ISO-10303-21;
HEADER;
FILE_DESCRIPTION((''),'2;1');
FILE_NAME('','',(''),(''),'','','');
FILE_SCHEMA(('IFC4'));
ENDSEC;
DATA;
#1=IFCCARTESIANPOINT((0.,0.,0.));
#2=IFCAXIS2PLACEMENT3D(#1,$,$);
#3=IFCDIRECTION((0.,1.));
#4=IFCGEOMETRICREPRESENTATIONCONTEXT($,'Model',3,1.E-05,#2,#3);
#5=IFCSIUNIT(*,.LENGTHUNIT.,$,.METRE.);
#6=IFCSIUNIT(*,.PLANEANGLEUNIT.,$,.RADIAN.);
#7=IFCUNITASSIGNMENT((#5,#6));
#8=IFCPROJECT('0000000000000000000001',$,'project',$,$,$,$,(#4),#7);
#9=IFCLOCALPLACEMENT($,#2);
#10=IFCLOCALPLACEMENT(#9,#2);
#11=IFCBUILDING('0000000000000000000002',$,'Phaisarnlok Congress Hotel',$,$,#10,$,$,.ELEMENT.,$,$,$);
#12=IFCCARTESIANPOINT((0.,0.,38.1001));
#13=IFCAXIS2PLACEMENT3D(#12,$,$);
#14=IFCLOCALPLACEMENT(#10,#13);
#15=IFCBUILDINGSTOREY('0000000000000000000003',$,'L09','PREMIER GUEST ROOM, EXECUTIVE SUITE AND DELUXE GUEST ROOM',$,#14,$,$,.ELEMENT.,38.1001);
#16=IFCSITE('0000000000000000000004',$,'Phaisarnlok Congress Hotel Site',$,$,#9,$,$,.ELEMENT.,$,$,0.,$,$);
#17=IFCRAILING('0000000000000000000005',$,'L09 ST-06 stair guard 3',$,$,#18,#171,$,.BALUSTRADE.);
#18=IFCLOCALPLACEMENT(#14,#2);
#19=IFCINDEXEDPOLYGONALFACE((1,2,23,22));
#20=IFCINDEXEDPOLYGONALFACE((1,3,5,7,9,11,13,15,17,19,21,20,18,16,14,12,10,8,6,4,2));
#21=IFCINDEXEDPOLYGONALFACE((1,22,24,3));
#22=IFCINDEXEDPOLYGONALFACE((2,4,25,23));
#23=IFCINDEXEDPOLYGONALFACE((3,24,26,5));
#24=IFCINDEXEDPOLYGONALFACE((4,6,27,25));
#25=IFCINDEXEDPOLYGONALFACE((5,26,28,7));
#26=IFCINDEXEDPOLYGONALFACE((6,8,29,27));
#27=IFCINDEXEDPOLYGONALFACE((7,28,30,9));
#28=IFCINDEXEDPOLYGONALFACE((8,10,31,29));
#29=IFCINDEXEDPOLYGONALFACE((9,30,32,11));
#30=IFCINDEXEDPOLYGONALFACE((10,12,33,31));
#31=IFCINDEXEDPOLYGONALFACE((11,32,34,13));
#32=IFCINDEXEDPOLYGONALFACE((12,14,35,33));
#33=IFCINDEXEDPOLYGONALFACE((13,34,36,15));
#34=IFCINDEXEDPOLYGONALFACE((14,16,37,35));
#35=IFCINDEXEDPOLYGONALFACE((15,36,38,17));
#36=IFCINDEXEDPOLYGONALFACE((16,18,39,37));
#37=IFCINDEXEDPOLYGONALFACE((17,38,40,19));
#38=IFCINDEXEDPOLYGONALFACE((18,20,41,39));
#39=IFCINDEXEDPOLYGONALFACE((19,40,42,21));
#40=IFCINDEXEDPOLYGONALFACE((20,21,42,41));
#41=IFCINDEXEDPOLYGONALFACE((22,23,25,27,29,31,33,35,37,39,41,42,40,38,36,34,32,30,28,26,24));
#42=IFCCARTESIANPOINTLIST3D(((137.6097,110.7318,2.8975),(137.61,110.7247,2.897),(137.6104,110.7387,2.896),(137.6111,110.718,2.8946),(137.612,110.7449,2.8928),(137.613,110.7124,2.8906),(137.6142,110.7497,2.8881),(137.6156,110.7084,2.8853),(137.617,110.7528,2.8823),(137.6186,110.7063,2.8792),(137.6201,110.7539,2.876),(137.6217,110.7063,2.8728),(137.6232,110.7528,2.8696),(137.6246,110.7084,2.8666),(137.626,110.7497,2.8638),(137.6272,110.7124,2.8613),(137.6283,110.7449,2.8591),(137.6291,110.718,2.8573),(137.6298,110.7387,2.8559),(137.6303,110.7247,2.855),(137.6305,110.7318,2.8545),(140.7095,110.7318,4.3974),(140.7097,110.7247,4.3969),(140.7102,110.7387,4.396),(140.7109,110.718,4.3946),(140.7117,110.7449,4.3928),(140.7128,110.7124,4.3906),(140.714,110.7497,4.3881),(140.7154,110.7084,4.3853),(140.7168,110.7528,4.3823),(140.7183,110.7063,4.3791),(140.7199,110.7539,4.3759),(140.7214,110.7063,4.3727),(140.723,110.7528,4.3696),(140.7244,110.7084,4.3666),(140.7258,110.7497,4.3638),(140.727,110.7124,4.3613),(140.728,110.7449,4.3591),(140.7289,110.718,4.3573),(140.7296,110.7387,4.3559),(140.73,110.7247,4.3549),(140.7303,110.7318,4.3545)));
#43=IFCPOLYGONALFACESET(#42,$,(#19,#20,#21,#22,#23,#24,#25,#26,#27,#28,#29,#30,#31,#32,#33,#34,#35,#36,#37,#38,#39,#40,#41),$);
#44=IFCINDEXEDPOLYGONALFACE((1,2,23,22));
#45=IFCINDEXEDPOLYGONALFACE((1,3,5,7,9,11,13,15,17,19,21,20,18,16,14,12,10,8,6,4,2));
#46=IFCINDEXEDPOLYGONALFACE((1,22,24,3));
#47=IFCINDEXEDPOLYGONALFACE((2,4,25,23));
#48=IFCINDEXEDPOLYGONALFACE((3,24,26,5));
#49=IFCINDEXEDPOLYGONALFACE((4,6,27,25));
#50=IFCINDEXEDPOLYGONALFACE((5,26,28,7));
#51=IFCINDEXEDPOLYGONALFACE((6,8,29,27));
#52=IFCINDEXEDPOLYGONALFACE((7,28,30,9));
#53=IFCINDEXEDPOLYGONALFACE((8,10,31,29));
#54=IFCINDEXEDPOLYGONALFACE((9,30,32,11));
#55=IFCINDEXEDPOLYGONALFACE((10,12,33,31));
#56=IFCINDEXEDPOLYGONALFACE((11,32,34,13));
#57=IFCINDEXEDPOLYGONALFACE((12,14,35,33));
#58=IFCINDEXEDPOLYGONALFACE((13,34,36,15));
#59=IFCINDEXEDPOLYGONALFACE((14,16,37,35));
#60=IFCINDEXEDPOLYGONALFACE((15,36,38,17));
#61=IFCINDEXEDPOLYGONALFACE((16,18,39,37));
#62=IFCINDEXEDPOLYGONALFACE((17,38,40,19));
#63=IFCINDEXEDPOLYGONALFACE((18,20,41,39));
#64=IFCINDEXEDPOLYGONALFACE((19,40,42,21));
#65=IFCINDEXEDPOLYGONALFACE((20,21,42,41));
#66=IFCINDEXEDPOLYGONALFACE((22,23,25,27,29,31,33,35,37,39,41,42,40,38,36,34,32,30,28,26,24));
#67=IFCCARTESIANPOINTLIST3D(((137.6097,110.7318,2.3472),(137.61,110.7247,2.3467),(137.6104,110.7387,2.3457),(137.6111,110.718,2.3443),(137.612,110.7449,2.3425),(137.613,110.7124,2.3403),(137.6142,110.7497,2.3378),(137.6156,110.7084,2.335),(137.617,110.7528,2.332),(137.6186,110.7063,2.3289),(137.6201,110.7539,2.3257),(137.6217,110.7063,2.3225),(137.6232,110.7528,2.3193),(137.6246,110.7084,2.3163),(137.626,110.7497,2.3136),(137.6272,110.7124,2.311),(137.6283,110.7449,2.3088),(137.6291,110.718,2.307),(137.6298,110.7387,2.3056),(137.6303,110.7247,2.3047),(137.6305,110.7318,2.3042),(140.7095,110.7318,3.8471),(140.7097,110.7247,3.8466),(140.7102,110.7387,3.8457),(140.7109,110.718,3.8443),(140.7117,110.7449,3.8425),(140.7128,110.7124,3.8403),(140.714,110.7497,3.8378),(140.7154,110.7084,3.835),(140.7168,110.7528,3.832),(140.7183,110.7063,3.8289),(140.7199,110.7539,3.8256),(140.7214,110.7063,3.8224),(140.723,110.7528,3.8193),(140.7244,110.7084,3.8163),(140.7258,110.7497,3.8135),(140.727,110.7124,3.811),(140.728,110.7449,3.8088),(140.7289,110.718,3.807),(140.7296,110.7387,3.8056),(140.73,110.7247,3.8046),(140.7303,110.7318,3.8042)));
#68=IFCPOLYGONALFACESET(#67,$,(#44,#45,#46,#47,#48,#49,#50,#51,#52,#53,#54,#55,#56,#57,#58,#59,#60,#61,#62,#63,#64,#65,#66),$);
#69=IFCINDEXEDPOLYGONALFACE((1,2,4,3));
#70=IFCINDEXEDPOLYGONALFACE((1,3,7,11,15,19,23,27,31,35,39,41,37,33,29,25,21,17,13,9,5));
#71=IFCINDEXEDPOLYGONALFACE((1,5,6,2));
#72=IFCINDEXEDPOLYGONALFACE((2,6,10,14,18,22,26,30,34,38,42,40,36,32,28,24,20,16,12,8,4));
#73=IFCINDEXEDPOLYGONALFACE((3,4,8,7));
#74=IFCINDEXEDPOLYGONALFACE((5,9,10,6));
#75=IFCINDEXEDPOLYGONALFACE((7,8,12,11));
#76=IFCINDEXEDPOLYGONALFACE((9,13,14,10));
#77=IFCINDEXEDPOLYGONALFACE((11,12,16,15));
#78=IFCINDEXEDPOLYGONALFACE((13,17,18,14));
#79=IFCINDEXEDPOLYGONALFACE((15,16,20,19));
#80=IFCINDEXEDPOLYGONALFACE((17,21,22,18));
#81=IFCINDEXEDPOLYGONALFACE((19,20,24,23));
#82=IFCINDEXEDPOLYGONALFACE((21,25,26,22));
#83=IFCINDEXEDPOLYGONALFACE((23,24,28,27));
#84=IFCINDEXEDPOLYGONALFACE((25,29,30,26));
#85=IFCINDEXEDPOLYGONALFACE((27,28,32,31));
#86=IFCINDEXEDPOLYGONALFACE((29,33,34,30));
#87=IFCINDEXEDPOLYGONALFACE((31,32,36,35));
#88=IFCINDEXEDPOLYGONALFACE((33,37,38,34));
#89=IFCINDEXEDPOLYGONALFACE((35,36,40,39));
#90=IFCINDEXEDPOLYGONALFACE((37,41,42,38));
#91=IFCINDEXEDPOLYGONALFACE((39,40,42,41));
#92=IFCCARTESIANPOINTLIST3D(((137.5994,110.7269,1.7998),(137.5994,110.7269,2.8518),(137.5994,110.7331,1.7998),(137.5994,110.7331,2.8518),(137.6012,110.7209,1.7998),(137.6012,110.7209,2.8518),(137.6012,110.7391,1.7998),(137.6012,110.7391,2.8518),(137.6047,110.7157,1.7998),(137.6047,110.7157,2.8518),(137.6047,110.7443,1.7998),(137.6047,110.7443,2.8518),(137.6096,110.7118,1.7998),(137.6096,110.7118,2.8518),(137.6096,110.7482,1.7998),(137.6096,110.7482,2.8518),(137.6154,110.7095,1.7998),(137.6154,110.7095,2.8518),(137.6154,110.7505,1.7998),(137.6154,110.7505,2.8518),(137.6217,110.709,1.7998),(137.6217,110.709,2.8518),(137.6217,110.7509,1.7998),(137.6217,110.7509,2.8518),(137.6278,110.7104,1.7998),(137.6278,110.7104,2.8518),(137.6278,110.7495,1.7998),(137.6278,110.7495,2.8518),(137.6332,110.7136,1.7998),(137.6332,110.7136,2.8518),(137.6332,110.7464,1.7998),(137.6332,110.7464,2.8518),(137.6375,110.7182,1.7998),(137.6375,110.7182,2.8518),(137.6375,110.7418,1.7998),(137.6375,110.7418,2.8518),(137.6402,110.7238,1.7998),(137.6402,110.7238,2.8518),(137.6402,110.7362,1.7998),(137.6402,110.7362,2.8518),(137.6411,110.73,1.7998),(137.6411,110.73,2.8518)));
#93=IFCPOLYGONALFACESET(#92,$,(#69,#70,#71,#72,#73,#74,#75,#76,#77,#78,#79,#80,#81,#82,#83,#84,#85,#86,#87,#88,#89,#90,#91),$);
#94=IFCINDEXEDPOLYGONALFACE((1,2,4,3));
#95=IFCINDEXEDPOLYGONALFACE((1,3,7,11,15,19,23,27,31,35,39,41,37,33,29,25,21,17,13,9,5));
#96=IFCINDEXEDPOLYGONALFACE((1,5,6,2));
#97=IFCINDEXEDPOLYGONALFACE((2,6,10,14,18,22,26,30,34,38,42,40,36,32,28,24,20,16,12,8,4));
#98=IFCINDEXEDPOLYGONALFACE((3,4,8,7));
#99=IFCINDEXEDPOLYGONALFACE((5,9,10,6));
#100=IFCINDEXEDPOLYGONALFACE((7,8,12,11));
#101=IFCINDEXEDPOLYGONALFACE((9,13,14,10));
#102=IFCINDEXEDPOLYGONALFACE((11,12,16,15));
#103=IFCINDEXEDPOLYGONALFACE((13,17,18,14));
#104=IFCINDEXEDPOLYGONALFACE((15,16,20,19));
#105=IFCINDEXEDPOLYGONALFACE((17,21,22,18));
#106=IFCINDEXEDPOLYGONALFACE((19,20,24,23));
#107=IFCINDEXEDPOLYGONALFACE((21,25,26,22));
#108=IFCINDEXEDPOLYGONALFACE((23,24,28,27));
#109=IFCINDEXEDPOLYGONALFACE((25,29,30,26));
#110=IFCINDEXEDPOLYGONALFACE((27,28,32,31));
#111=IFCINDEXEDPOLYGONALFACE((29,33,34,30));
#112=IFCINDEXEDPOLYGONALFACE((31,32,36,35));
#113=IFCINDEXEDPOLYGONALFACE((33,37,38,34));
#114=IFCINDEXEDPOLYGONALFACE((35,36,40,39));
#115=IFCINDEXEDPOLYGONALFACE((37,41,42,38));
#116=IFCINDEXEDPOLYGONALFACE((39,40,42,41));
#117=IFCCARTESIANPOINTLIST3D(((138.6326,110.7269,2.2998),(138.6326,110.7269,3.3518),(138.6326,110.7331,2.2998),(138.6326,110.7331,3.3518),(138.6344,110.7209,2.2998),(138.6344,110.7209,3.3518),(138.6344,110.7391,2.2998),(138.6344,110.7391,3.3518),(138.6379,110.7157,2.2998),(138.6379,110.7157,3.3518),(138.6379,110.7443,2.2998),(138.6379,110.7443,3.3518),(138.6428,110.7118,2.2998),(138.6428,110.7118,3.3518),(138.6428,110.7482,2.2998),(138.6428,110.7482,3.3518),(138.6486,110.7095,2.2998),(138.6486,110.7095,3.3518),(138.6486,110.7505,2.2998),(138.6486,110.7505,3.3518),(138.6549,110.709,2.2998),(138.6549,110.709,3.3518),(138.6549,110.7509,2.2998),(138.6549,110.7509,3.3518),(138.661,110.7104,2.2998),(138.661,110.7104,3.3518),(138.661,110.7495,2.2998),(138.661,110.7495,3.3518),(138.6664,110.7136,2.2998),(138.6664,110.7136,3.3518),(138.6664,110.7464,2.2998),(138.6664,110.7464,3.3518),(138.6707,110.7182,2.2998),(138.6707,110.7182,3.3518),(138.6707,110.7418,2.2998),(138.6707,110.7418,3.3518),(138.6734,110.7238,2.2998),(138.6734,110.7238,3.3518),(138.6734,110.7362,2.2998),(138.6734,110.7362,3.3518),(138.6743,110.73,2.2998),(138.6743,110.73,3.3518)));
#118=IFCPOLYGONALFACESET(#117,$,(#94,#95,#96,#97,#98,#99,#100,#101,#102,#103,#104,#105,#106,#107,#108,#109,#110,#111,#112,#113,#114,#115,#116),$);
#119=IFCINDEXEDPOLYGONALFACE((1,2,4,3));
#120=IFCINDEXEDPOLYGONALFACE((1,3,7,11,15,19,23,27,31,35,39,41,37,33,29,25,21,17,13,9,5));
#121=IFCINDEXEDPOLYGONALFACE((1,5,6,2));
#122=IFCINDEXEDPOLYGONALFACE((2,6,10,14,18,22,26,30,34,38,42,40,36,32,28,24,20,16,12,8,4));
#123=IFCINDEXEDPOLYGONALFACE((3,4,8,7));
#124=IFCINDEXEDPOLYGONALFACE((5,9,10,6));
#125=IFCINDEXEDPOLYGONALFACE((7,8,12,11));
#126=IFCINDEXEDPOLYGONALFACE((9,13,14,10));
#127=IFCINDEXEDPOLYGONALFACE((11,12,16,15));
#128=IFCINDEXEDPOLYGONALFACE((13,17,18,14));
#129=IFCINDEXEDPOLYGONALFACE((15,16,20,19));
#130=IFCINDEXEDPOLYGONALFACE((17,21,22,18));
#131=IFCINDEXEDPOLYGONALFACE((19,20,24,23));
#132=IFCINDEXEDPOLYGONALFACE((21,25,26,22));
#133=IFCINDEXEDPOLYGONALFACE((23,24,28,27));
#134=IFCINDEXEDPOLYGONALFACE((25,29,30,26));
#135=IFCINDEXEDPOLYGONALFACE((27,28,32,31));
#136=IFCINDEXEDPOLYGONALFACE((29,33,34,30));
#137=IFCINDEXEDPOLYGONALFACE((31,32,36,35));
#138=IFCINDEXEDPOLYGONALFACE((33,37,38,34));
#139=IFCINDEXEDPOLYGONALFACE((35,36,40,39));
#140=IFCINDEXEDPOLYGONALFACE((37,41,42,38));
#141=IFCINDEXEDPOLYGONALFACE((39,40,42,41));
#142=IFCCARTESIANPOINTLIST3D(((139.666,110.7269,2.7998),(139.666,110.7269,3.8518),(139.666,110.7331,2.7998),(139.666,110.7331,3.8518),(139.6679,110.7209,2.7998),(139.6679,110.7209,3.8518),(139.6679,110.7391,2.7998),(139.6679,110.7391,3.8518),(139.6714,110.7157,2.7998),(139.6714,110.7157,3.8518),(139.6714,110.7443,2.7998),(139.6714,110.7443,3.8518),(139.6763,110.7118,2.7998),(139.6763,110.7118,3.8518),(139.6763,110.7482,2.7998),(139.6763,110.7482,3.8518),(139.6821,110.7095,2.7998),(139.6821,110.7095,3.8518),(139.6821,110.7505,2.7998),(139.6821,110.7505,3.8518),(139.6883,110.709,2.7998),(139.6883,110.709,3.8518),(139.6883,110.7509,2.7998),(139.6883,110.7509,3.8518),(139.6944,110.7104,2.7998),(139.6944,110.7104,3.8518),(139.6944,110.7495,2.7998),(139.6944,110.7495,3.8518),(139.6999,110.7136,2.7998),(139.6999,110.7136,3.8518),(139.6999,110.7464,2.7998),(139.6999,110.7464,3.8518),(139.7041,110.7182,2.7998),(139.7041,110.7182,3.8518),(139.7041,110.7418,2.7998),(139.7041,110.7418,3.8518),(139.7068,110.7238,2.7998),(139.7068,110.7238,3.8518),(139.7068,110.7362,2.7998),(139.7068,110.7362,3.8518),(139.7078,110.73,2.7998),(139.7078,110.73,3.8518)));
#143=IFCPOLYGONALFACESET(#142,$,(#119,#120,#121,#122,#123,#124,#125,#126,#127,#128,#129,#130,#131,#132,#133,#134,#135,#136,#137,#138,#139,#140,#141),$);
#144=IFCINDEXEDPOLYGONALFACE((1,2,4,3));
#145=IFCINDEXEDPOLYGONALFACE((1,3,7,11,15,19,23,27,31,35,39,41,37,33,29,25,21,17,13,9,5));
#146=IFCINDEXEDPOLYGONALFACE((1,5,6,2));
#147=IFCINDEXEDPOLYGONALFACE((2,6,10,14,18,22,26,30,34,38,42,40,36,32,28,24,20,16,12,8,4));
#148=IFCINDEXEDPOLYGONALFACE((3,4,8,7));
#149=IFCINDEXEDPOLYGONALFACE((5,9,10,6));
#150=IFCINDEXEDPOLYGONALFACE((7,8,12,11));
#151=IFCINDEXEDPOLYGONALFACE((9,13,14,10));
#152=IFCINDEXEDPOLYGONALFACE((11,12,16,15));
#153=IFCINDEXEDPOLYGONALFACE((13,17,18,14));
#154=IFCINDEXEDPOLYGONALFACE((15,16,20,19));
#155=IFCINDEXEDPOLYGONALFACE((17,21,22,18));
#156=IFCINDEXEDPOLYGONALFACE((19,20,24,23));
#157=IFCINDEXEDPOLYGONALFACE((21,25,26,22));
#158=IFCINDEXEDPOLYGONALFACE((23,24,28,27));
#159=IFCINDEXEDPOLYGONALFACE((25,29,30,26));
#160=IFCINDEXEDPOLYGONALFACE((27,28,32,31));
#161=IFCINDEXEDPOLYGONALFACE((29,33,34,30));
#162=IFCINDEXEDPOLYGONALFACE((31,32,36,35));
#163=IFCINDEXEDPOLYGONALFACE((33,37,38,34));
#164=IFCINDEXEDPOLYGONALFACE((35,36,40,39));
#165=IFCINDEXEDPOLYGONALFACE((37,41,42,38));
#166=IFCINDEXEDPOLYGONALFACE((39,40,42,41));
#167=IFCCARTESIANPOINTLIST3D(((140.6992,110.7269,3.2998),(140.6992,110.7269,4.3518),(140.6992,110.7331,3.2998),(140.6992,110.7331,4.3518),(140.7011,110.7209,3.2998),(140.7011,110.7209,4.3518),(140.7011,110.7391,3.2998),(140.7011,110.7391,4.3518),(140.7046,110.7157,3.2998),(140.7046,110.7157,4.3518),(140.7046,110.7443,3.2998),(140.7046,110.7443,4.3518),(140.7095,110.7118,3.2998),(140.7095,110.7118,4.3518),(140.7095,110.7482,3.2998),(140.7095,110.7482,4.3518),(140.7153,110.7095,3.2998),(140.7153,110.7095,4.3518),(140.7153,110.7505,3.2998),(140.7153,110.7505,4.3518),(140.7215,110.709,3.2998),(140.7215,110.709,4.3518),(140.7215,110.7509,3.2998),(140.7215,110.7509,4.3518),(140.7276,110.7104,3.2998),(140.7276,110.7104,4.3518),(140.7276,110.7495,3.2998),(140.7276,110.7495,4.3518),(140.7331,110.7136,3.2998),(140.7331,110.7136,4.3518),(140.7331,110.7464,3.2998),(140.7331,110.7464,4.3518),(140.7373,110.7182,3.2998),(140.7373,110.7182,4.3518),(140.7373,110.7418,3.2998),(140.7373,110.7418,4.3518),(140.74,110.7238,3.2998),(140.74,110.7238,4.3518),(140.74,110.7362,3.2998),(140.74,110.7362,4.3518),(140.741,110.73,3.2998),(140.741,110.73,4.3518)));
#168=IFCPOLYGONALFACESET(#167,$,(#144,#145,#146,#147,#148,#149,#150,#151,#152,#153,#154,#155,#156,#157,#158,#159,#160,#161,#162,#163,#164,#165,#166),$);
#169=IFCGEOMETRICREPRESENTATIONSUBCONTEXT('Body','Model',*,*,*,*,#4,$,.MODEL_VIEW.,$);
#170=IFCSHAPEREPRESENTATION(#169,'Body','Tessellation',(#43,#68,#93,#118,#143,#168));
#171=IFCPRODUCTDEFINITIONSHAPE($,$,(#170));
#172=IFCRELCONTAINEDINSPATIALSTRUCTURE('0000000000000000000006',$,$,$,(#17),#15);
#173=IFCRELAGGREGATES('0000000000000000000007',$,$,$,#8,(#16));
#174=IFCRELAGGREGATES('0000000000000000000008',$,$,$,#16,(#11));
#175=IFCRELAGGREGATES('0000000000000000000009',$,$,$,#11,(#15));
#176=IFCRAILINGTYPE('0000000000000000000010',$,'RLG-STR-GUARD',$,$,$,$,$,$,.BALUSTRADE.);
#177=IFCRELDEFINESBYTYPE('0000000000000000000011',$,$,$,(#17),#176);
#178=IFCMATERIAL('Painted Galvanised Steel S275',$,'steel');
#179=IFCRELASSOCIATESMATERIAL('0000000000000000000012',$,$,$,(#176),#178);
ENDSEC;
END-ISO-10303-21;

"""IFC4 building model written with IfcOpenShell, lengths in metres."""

from ifc_helpers import new_model, si_unit, direction, frame, origin, origin_2d, place, context, subcontext, project, spatial, circle, extrude, material, type_object, element, save


model = new_model("IFC4")

# Units and contexts
model_context = context("Model", 3, precision=1e-05, world=origin(), true_north=direction((0.0, 1.0)))
body_context = subcontext(model_context, "Body", "Model", "MODEL_VIEW")
ifc_project = project(units=[si_unit("LENGTHUNIT", "METRE"), si_unit("PLANEANGLEUNIT", "RADIAN")], contexts=[model_context])

# Site, building, storey
site_placement = place(None, origin())
site = spatial("IfcSite", under=ifc_project, at=site_placement, Name="Phaisarnlok Congress Hotel Site", CompositionType="ELEMENT", RefElevation=0.0)
building_placement = place(site_placement, origin())
building = spatial("IfcBuilding", under=site, at=building_placement, Name="Phaisarnlok Congress Hotel", CompositionType="ELEMENT")
storey_placement = place(building_placement, frame((0.0, 0.0, 38.1001)))
storey = spatial("IfcBuildingStorey", under=building, at=storey_placement, Name="L09", Description="PREMIER GUEST ROOM, EXECUTIVE SUITE AND DELUXE GUEST ROOM", CompositionType="ELEMENT", Elevation=38.1001)

# Railing
ifc_material_1 = material(Name="Painted Galvanised Steel S275", Category="steel")
railing_type_1 = type_object("IfcRailingType", Name="RLG-STR-GUARD", PredefinedType="BALUSTRADE", material=ifc_material_1)
railing_1_placement = place(storey_placement, frame((137.6201, 110.73, 1.7998)))
element("IfcRailing", 1, at=railing_1_placement, inside=storey, type_object=railing_type_1, Name="L09 ST-06 stair guard 3", PredefinedType="BALUSTRADE", context=body_context, shape_type="SweptSolid", body=[
    extrude(circle(Radius=0.0239, at=origin_2d()), frame((0.0, 0.0, 1.0762), z_axis=(0.900151, 0.0, 0.435578), x_axis=(0.0, 1.0, 0.0)), (0.0, 0.0, 1.0), 3.4436),
    extrude(circle(Radius=0.0239, at=origin_2d()), frame((0.0, 0.0, 0.5259), z_axis=(0.900151, 0.0, 0.435578), x_axis=(0.0, 1.0, 0.0)), (0.0, 0.0, 1.0), 3.4436),
    extrude(circle(Radius=0.021, at=origin_2d()), origin(), (0.0, 0.0, 1.0), 1.052),
    extrude(circle(Radius=0.021, at=origin_2d()), frame((1.0332, 0.0, 0.5)), (0.0, 0.0, 1.0), 1.052),
    extrude(circle(Radius=0.021, at=origin_2d()), frame((2.0667, 0.0, 1.0)), (0.0, 0.0, 1.0), 1.052),
    extrude(circle(Radius=0.021, at=origin_2d()), frame((3.0999, 0.0, 1.5)), (0.0, 0.0, 1.0), 1.052),
])

save(model, "model.ifc")
